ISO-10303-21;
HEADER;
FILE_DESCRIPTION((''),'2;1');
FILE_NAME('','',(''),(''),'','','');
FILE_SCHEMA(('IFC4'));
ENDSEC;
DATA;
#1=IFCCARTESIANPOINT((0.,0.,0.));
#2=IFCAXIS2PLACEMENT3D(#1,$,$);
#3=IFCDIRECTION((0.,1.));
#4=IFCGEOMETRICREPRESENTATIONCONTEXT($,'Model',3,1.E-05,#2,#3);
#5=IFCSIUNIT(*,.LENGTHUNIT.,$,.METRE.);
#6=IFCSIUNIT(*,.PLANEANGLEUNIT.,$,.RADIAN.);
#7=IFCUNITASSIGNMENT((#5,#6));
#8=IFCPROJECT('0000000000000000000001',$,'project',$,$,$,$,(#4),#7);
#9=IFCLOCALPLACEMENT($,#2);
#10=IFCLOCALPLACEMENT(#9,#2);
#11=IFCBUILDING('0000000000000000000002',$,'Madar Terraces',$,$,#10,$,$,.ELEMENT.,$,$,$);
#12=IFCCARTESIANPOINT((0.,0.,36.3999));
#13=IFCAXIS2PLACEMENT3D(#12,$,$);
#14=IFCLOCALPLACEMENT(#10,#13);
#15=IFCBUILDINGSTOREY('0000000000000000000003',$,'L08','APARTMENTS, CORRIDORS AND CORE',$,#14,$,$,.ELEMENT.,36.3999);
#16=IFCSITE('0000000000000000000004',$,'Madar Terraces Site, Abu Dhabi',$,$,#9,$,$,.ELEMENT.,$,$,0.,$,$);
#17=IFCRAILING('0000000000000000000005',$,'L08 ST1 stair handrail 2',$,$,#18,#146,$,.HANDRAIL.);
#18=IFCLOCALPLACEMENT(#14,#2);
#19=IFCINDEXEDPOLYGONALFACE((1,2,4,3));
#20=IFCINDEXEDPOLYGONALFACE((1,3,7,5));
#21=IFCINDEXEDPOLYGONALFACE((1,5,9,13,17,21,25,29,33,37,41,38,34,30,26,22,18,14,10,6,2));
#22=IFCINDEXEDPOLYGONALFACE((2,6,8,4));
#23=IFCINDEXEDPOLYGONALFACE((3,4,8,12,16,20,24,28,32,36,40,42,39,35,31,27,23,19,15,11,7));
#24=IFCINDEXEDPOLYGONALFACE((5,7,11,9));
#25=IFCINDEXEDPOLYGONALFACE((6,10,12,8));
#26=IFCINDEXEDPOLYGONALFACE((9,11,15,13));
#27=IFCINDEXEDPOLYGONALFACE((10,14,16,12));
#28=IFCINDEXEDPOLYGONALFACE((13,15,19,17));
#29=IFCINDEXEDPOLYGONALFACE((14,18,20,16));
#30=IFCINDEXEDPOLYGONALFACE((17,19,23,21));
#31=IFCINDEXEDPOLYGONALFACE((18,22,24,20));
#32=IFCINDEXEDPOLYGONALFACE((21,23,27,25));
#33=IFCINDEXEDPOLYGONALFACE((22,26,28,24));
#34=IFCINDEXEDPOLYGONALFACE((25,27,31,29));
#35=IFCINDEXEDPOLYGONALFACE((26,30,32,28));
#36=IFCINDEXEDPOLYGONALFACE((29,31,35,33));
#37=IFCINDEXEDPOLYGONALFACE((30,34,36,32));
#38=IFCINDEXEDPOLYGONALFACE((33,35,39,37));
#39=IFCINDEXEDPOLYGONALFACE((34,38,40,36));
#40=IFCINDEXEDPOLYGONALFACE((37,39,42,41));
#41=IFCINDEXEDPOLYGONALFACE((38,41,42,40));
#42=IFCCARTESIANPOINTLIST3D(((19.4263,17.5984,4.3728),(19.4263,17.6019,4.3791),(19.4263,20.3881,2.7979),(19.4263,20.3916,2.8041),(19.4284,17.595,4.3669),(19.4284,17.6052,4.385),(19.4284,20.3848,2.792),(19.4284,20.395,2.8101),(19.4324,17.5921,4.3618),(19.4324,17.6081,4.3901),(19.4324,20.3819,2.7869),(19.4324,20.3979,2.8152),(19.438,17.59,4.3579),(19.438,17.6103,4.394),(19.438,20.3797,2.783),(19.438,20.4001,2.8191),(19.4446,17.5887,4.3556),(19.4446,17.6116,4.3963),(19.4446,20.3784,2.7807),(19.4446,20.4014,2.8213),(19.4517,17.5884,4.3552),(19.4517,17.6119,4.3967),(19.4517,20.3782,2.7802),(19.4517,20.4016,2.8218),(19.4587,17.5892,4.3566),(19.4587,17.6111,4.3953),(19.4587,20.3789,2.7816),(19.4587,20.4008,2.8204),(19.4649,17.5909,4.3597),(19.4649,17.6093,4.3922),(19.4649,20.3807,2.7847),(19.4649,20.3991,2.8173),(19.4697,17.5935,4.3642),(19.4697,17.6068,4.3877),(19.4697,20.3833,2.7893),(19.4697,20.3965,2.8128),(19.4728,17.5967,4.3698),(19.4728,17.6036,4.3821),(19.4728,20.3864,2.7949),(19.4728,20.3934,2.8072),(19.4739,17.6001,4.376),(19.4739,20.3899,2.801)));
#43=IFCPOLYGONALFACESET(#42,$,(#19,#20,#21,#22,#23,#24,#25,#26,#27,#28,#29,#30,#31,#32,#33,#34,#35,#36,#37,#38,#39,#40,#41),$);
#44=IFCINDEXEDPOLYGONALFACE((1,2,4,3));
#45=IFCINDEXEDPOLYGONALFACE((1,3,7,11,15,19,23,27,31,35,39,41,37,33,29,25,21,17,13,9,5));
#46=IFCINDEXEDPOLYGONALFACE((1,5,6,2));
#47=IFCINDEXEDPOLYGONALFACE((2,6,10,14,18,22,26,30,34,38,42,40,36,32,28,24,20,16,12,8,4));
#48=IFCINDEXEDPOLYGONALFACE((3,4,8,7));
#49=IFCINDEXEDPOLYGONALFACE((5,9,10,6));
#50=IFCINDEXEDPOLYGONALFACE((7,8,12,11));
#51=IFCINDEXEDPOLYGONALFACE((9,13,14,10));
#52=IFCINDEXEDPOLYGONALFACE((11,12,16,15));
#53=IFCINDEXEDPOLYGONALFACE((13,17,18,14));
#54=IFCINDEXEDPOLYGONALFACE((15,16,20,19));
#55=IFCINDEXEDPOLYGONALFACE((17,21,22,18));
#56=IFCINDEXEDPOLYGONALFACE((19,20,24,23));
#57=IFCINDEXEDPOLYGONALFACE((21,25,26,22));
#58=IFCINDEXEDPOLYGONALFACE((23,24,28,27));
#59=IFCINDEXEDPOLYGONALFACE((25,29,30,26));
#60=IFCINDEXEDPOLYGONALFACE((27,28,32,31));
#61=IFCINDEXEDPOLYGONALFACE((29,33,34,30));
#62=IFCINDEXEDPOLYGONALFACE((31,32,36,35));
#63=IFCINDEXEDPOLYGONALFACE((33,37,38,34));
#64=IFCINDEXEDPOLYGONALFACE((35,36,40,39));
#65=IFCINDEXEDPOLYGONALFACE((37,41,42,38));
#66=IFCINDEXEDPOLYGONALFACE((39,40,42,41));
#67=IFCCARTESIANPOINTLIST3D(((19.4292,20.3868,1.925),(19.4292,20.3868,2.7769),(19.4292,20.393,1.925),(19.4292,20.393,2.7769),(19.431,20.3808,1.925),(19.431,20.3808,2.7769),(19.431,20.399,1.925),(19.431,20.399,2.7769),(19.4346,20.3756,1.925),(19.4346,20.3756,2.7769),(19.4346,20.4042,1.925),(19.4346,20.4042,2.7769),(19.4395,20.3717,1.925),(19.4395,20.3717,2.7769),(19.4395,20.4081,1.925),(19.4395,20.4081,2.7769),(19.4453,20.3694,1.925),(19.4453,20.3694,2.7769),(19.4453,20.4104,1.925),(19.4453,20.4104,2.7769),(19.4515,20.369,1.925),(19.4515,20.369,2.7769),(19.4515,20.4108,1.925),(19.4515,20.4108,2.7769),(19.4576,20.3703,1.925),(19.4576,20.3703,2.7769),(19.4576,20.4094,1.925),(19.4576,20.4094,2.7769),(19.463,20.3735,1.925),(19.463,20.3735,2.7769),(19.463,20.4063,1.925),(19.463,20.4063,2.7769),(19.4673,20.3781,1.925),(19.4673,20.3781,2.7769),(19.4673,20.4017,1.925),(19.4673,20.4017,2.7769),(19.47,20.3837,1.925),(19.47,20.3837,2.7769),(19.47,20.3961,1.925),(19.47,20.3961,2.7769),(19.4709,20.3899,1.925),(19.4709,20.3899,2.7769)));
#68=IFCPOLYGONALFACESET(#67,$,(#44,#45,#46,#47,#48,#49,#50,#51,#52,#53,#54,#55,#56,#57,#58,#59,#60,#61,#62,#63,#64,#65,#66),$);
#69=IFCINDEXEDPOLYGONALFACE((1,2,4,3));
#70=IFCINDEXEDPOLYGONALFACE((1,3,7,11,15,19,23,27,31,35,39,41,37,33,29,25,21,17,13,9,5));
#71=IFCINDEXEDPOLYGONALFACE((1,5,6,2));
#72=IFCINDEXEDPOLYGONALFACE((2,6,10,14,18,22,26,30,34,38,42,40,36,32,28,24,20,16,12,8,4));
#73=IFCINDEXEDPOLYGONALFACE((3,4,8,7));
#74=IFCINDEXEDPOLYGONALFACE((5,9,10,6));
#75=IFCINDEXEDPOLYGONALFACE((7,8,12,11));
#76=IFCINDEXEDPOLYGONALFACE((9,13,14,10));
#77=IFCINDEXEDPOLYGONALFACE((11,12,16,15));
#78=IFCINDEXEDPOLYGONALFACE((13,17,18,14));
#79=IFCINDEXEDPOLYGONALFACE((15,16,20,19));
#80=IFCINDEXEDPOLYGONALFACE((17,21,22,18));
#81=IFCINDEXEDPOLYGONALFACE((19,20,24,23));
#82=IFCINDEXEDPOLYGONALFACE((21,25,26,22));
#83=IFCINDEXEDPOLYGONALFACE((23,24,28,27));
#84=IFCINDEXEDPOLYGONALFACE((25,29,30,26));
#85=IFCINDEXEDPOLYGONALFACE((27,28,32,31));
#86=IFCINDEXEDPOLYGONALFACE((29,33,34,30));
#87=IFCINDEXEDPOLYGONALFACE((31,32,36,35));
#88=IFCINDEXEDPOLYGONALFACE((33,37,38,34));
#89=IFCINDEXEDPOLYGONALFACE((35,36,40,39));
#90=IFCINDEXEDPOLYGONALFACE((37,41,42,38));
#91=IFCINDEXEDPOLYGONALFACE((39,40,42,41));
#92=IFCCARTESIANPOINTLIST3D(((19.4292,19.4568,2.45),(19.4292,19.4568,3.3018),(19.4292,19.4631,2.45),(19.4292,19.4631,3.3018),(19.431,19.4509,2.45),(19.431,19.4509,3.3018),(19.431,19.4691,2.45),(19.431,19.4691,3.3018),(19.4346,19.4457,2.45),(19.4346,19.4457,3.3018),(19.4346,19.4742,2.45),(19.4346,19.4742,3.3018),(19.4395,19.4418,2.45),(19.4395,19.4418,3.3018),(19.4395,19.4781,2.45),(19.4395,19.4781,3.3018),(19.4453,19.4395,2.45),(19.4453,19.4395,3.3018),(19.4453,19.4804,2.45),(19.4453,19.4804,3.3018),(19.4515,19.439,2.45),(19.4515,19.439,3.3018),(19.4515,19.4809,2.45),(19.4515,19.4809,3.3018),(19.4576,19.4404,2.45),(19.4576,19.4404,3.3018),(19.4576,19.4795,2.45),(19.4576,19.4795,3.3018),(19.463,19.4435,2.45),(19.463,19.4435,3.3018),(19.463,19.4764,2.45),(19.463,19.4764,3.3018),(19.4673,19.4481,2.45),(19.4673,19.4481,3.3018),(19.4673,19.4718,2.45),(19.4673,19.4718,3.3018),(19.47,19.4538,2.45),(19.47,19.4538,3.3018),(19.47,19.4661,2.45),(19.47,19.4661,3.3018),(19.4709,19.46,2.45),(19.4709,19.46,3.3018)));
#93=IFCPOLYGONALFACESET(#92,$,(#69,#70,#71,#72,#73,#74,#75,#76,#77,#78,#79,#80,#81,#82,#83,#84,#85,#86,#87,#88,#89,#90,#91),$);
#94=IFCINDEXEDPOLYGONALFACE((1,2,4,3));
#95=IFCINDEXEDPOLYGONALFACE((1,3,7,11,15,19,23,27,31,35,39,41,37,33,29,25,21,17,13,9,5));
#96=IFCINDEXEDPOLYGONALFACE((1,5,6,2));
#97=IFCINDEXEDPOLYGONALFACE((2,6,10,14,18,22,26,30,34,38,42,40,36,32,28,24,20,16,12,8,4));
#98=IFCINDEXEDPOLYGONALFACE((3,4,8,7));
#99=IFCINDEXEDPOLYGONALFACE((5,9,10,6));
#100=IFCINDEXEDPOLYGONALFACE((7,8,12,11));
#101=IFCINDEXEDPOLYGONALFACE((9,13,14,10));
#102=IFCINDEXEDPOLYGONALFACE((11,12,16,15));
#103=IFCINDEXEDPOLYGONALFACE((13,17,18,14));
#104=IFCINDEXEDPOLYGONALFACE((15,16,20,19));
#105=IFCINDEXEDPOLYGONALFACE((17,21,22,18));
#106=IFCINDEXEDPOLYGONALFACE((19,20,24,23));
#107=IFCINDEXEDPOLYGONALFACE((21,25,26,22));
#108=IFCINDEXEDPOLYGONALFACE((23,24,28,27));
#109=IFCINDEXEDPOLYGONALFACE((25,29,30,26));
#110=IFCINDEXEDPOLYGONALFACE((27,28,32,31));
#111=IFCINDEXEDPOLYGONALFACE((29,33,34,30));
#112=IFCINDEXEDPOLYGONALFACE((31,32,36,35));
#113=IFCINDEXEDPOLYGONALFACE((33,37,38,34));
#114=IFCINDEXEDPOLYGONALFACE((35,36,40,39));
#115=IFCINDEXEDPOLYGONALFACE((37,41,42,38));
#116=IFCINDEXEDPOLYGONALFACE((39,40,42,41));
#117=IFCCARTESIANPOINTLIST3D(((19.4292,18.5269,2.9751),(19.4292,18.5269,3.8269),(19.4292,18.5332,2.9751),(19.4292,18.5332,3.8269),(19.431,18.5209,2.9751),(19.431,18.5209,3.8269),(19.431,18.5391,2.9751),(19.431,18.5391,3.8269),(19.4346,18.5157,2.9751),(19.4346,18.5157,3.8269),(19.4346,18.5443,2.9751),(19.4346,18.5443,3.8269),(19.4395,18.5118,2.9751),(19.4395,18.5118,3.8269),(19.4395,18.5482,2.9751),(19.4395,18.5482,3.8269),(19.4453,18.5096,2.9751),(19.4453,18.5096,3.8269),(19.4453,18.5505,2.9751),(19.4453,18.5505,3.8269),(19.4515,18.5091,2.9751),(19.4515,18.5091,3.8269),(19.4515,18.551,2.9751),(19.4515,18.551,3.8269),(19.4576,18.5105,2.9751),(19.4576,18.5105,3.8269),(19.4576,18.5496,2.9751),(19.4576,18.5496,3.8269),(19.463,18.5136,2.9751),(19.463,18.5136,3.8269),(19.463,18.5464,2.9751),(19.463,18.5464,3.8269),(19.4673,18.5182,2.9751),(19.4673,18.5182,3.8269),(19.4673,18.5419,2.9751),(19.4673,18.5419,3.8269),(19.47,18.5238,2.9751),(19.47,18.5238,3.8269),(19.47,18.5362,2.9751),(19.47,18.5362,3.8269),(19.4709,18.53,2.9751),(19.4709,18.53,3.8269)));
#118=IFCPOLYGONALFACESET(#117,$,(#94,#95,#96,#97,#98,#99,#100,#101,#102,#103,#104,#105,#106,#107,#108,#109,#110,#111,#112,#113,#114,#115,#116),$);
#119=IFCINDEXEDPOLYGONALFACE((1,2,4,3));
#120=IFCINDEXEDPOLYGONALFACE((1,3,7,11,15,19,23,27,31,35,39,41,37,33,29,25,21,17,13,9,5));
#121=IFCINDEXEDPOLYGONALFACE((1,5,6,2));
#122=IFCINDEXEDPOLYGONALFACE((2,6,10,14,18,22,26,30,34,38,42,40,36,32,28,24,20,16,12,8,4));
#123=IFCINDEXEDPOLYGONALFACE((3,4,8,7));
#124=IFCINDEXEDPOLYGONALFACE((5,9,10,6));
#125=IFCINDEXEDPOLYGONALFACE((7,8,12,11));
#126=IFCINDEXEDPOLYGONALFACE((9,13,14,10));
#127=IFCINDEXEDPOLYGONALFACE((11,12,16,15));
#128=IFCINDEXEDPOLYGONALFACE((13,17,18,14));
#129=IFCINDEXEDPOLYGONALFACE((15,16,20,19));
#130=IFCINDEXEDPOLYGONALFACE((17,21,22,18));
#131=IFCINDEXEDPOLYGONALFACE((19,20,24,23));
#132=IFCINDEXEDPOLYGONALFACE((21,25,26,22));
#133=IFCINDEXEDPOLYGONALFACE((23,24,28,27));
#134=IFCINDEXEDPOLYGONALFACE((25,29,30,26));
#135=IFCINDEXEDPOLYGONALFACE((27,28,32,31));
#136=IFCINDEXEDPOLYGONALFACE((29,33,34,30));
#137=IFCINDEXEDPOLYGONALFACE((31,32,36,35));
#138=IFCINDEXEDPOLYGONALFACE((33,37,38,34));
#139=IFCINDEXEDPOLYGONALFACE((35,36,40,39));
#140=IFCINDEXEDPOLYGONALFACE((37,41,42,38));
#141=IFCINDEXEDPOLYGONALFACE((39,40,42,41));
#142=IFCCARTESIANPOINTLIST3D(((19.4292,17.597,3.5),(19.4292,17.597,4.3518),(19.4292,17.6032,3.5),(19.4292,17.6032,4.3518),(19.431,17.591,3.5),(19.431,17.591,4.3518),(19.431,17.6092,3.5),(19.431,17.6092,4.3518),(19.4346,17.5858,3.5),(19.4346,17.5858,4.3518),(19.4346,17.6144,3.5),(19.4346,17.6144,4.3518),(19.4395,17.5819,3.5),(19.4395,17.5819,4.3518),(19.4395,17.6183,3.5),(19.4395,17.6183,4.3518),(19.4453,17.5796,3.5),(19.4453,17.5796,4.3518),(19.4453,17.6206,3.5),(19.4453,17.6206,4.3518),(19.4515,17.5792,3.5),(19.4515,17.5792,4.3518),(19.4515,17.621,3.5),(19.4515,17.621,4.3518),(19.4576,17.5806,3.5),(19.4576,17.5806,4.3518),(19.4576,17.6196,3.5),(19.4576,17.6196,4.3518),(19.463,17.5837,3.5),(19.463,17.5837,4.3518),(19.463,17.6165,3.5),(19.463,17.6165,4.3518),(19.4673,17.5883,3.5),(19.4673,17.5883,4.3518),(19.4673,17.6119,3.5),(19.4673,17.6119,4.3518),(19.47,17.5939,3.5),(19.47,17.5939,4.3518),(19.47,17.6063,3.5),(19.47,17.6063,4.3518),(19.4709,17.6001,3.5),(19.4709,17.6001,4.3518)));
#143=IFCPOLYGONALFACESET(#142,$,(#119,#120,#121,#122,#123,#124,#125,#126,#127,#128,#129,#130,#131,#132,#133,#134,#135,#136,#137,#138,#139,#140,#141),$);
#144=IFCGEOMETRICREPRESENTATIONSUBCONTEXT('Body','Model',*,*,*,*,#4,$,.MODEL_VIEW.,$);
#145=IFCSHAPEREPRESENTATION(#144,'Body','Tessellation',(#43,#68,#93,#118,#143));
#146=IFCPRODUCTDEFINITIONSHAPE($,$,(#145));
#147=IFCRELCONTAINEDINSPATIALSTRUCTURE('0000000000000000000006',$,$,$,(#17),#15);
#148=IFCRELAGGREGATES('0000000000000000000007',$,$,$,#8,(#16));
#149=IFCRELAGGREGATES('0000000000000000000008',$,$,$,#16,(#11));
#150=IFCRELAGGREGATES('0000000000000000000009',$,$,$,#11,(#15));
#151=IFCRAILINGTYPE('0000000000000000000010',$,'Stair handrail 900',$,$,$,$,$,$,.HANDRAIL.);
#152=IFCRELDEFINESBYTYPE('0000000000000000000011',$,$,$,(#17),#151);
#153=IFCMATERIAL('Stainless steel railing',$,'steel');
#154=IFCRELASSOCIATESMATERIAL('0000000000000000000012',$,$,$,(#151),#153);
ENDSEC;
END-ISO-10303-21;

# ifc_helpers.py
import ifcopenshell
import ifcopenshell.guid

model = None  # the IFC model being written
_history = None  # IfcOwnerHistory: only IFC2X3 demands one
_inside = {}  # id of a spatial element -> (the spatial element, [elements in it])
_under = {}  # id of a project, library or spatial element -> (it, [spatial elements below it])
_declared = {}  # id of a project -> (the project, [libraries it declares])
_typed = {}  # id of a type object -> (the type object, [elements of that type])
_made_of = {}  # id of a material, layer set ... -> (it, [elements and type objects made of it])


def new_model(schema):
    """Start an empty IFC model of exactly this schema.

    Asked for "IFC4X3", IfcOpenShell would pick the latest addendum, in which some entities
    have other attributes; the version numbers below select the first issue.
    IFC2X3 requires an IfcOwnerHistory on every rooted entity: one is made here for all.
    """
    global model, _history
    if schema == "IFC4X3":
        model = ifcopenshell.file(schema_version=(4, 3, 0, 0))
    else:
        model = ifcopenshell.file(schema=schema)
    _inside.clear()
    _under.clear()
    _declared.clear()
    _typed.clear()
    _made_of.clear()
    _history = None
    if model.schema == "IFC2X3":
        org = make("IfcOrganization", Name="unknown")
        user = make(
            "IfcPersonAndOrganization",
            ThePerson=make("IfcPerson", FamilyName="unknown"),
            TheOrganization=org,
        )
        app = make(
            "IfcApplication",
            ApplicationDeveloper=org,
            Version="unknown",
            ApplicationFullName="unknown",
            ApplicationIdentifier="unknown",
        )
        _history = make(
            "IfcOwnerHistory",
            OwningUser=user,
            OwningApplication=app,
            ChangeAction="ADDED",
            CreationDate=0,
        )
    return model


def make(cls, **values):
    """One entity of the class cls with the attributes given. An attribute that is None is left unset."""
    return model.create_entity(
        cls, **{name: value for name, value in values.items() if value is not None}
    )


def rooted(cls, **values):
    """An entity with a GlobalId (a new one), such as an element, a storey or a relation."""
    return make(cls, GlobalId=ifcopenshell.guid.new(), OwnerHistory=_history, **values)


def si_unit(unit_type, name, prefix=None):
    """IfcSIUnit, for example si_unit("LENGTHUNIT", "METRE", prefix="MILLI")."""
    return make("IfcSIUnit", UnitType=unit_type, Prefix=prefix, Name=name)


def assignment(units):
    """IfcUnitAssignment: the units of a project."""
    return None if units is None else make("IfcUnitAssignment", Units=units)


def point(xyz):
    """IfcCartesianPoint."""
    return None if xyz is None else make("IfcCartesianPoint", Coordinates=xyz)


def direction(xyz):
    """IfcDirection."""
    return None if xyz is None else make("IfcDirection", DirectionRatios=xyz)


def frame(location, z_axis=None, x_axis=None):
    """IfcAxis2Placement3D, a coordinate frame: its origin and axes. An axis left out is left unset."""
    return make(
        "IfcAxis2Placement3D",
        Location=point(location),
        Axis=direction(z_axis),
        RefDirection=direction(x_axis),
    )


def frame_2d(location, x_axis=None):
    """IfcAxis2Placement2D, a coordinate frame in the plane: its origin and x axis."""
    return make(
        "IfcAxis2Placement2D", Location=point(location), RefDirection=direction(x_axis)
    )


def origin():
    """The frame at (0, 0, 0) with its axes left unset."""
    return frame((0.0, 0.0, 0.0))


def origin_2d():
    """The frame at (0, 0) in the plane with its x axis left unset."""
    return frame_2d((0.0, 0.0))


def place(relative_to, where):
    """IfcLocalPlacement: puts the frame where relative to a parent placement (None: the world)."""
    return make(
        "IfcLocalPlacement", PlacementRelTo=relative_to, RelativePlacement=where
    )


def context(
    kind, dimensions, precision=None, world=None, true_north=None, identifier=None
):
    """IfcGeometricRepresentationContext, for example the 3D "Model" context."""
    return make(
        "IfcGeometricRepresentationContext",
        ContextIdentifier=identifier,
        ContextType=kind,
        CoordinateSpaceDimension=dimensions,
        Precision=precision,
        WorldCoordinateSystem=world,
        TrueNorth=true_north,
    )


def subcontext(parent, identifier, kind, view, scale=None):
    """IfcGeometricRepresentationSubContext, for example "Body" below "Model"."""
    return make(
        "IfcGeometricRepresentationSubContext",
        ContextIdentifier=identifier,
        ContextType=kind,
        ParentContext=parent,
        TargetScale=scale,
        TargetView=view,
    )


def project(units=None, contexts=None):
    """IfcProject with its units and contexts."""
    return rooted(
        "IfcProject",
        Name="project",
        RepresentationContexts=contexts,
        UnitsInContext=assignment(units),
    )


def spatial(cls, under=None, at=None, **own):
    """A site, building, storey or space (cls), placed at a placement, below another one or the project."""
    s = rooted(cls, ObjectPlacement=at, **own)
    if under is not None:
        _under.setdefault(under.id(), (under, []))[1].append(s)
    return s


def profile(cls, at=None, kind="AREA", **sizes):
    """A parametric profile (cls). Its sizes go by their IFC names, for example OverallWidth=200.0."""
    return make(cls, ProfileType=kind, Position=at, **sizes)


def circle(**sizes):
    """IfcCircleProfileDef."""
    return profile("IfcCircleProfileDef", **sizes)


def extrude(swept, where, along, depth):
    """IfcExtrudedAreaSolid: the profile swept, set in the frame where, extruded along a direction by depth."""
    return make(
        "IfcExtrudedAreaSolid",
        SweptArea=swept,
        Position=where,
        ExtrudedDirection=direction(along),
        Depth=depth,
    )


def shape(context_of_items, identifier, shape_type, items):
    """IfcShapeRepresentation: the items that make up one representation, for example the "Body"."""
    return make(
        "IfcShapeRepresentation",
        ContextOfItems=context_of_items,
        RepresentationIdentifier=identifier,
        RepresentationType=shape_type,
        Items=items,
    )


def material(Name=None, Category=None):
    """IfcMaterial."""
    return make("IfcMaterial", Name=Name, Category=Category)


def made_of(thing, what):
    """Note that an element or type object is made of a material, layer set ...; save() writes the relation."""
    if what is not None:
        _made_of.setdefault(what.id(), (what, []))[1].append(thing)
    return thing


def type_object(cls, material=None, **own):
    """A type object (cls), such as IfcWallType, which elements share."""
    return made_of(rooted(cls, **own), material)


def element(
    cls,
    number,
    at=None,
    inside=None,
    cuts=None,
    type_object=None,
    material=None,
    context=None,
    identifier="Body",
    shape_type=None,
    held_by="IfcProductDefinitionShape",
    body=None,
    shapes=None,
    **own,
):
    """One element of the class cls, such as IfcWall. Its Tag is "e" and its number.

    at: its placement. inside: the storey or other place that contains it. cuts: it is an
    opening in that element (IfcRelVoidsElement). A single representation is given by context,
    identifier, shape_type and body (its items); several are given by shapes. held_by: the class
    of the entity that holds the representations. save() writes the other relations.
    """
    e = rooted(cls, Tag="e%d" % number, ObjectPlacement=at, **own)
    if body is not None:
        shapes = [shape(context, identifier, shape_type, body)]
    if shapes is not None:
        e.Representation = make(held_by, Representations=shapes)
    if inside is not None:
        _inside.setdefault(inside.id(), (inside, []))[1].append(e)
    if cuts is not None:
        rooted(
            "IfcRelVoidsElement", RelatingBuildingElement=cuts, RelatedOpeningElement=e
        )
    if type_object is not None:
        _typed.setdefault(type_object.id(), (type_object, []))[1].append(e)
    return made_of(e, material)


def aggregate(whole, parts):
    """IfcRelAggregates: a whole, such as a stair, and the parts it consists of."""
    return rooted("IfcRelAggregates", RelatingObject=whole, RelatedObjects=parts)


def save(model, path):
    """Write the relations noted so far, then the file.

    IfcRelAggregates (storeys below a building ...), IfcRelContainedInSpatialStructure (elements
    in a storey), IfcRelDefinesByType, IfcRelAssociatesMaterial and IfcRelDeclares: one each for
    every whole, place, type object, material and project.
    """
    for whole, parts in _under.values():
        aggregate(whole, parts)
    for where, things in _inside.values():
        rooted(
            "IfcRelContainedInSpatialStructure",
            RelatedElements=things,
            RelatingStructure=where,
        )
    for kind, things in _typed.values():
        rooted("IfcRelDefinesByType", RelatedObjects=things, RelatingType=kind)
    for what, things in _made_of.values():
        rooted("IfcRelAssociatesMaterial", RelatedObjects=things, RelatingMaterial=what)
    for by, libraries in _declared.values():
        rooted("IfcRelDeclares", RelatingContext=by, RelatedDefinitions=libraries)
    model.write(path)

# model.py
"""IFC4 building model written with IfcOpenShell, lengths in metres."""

from ifc_helpers import new_model, si_unit, direction, frame, origin, origin_2d, place, context, subcontext, project, spatial, circle, extrude, material, type_object, element, save


model = new_model("IFC4")

# Units and contexts
model_context = context("Model", 3, precision=1e-05, world=origin(), true_north=direction((0.0, 1.0)))
body_context = subcontext(model_context, "Body", "Model", "MODEL_VIEW")
ifc_project = project(units=[si_unit("LENGTHUNIT", "METRE"), si_unit("PLANEANGLEUNIT", "RADIAN")], contexts=[model_context])

# Site, building, storey
site_placement = place(None, origin())
site = spatial("IfcSite", under=ifc_project, at=site_placement, Name="Madar Terraces Site, Abu Dhabi", CompositionType="ELEMENT", RefElevation=0.0)
building_placement = place(site_placement, origin())
building = spatial("IfcBuilding", under=site, at=building_placement, Name="Madar Terraces", CompositionType="ELEMENT")
storey_placement = place(building_placement, frame((0.0, 0.0, 36.3999)))
storey = spatial("IfcBuildingStorey", under=building, at=storey_placement, Name="L08", Description="APARTMENTS, CORRIDORS AND CORE", CompositionType="ELEMENT", Elevation=36.3999)

# Railing
ifc_material_1 = material(Name="Stainless steel railing", Category="steel")
railing_type_1 = type_object("IfcRailingType", Name="Stair handrail 900", PredefinedType="HANDRAIL", material=ifc_material_1)
railing_1_placement = place(storey_placement, frame((19.45, 20.3899, 1.925)))
element("IfcRailing", 1, at=railing_1_placement, inside=storey, type_object=railing_type_1, Name="L08 ST1 stair handrail 2", PredefinedType="HANDRAIL", context=body_context, shape_type="SweptSolid", body=[
    extrude(circle(Radius=0.0239, at=origin_2d()), frame((0.0, 0.0, 0.876), z_axis=(0.0, -0.870815, 0.49161), x_axis=(1.0, 0.0, 0.0)), (0.0, 0.0, 1.0), 3.2036),
    extrude(circle(Radius=0.021, at=origin_2d()), origin(), (0.0, 0.0, 1.0), 0.8518),
    extrude(circle(Radius=0.021, at=origin_2d()), frame((0.0, -0.9299, 0.5249)), (0.0, 0.0, 1.0), 0.8518),
    extrude(circle(Radius=0.021, at=origin_2d()), frame((0.0, -1.8599, 1.05)), (0.0, 0.0, 1.0), 0.8518),
    extrude(circle(Radius=0.021, at=origin_2d()), frame((0.0, -2.7898, 1.575)), (0.0, 0.0, 1.0), 0.8518),
])

save(model, "model.ifc")
